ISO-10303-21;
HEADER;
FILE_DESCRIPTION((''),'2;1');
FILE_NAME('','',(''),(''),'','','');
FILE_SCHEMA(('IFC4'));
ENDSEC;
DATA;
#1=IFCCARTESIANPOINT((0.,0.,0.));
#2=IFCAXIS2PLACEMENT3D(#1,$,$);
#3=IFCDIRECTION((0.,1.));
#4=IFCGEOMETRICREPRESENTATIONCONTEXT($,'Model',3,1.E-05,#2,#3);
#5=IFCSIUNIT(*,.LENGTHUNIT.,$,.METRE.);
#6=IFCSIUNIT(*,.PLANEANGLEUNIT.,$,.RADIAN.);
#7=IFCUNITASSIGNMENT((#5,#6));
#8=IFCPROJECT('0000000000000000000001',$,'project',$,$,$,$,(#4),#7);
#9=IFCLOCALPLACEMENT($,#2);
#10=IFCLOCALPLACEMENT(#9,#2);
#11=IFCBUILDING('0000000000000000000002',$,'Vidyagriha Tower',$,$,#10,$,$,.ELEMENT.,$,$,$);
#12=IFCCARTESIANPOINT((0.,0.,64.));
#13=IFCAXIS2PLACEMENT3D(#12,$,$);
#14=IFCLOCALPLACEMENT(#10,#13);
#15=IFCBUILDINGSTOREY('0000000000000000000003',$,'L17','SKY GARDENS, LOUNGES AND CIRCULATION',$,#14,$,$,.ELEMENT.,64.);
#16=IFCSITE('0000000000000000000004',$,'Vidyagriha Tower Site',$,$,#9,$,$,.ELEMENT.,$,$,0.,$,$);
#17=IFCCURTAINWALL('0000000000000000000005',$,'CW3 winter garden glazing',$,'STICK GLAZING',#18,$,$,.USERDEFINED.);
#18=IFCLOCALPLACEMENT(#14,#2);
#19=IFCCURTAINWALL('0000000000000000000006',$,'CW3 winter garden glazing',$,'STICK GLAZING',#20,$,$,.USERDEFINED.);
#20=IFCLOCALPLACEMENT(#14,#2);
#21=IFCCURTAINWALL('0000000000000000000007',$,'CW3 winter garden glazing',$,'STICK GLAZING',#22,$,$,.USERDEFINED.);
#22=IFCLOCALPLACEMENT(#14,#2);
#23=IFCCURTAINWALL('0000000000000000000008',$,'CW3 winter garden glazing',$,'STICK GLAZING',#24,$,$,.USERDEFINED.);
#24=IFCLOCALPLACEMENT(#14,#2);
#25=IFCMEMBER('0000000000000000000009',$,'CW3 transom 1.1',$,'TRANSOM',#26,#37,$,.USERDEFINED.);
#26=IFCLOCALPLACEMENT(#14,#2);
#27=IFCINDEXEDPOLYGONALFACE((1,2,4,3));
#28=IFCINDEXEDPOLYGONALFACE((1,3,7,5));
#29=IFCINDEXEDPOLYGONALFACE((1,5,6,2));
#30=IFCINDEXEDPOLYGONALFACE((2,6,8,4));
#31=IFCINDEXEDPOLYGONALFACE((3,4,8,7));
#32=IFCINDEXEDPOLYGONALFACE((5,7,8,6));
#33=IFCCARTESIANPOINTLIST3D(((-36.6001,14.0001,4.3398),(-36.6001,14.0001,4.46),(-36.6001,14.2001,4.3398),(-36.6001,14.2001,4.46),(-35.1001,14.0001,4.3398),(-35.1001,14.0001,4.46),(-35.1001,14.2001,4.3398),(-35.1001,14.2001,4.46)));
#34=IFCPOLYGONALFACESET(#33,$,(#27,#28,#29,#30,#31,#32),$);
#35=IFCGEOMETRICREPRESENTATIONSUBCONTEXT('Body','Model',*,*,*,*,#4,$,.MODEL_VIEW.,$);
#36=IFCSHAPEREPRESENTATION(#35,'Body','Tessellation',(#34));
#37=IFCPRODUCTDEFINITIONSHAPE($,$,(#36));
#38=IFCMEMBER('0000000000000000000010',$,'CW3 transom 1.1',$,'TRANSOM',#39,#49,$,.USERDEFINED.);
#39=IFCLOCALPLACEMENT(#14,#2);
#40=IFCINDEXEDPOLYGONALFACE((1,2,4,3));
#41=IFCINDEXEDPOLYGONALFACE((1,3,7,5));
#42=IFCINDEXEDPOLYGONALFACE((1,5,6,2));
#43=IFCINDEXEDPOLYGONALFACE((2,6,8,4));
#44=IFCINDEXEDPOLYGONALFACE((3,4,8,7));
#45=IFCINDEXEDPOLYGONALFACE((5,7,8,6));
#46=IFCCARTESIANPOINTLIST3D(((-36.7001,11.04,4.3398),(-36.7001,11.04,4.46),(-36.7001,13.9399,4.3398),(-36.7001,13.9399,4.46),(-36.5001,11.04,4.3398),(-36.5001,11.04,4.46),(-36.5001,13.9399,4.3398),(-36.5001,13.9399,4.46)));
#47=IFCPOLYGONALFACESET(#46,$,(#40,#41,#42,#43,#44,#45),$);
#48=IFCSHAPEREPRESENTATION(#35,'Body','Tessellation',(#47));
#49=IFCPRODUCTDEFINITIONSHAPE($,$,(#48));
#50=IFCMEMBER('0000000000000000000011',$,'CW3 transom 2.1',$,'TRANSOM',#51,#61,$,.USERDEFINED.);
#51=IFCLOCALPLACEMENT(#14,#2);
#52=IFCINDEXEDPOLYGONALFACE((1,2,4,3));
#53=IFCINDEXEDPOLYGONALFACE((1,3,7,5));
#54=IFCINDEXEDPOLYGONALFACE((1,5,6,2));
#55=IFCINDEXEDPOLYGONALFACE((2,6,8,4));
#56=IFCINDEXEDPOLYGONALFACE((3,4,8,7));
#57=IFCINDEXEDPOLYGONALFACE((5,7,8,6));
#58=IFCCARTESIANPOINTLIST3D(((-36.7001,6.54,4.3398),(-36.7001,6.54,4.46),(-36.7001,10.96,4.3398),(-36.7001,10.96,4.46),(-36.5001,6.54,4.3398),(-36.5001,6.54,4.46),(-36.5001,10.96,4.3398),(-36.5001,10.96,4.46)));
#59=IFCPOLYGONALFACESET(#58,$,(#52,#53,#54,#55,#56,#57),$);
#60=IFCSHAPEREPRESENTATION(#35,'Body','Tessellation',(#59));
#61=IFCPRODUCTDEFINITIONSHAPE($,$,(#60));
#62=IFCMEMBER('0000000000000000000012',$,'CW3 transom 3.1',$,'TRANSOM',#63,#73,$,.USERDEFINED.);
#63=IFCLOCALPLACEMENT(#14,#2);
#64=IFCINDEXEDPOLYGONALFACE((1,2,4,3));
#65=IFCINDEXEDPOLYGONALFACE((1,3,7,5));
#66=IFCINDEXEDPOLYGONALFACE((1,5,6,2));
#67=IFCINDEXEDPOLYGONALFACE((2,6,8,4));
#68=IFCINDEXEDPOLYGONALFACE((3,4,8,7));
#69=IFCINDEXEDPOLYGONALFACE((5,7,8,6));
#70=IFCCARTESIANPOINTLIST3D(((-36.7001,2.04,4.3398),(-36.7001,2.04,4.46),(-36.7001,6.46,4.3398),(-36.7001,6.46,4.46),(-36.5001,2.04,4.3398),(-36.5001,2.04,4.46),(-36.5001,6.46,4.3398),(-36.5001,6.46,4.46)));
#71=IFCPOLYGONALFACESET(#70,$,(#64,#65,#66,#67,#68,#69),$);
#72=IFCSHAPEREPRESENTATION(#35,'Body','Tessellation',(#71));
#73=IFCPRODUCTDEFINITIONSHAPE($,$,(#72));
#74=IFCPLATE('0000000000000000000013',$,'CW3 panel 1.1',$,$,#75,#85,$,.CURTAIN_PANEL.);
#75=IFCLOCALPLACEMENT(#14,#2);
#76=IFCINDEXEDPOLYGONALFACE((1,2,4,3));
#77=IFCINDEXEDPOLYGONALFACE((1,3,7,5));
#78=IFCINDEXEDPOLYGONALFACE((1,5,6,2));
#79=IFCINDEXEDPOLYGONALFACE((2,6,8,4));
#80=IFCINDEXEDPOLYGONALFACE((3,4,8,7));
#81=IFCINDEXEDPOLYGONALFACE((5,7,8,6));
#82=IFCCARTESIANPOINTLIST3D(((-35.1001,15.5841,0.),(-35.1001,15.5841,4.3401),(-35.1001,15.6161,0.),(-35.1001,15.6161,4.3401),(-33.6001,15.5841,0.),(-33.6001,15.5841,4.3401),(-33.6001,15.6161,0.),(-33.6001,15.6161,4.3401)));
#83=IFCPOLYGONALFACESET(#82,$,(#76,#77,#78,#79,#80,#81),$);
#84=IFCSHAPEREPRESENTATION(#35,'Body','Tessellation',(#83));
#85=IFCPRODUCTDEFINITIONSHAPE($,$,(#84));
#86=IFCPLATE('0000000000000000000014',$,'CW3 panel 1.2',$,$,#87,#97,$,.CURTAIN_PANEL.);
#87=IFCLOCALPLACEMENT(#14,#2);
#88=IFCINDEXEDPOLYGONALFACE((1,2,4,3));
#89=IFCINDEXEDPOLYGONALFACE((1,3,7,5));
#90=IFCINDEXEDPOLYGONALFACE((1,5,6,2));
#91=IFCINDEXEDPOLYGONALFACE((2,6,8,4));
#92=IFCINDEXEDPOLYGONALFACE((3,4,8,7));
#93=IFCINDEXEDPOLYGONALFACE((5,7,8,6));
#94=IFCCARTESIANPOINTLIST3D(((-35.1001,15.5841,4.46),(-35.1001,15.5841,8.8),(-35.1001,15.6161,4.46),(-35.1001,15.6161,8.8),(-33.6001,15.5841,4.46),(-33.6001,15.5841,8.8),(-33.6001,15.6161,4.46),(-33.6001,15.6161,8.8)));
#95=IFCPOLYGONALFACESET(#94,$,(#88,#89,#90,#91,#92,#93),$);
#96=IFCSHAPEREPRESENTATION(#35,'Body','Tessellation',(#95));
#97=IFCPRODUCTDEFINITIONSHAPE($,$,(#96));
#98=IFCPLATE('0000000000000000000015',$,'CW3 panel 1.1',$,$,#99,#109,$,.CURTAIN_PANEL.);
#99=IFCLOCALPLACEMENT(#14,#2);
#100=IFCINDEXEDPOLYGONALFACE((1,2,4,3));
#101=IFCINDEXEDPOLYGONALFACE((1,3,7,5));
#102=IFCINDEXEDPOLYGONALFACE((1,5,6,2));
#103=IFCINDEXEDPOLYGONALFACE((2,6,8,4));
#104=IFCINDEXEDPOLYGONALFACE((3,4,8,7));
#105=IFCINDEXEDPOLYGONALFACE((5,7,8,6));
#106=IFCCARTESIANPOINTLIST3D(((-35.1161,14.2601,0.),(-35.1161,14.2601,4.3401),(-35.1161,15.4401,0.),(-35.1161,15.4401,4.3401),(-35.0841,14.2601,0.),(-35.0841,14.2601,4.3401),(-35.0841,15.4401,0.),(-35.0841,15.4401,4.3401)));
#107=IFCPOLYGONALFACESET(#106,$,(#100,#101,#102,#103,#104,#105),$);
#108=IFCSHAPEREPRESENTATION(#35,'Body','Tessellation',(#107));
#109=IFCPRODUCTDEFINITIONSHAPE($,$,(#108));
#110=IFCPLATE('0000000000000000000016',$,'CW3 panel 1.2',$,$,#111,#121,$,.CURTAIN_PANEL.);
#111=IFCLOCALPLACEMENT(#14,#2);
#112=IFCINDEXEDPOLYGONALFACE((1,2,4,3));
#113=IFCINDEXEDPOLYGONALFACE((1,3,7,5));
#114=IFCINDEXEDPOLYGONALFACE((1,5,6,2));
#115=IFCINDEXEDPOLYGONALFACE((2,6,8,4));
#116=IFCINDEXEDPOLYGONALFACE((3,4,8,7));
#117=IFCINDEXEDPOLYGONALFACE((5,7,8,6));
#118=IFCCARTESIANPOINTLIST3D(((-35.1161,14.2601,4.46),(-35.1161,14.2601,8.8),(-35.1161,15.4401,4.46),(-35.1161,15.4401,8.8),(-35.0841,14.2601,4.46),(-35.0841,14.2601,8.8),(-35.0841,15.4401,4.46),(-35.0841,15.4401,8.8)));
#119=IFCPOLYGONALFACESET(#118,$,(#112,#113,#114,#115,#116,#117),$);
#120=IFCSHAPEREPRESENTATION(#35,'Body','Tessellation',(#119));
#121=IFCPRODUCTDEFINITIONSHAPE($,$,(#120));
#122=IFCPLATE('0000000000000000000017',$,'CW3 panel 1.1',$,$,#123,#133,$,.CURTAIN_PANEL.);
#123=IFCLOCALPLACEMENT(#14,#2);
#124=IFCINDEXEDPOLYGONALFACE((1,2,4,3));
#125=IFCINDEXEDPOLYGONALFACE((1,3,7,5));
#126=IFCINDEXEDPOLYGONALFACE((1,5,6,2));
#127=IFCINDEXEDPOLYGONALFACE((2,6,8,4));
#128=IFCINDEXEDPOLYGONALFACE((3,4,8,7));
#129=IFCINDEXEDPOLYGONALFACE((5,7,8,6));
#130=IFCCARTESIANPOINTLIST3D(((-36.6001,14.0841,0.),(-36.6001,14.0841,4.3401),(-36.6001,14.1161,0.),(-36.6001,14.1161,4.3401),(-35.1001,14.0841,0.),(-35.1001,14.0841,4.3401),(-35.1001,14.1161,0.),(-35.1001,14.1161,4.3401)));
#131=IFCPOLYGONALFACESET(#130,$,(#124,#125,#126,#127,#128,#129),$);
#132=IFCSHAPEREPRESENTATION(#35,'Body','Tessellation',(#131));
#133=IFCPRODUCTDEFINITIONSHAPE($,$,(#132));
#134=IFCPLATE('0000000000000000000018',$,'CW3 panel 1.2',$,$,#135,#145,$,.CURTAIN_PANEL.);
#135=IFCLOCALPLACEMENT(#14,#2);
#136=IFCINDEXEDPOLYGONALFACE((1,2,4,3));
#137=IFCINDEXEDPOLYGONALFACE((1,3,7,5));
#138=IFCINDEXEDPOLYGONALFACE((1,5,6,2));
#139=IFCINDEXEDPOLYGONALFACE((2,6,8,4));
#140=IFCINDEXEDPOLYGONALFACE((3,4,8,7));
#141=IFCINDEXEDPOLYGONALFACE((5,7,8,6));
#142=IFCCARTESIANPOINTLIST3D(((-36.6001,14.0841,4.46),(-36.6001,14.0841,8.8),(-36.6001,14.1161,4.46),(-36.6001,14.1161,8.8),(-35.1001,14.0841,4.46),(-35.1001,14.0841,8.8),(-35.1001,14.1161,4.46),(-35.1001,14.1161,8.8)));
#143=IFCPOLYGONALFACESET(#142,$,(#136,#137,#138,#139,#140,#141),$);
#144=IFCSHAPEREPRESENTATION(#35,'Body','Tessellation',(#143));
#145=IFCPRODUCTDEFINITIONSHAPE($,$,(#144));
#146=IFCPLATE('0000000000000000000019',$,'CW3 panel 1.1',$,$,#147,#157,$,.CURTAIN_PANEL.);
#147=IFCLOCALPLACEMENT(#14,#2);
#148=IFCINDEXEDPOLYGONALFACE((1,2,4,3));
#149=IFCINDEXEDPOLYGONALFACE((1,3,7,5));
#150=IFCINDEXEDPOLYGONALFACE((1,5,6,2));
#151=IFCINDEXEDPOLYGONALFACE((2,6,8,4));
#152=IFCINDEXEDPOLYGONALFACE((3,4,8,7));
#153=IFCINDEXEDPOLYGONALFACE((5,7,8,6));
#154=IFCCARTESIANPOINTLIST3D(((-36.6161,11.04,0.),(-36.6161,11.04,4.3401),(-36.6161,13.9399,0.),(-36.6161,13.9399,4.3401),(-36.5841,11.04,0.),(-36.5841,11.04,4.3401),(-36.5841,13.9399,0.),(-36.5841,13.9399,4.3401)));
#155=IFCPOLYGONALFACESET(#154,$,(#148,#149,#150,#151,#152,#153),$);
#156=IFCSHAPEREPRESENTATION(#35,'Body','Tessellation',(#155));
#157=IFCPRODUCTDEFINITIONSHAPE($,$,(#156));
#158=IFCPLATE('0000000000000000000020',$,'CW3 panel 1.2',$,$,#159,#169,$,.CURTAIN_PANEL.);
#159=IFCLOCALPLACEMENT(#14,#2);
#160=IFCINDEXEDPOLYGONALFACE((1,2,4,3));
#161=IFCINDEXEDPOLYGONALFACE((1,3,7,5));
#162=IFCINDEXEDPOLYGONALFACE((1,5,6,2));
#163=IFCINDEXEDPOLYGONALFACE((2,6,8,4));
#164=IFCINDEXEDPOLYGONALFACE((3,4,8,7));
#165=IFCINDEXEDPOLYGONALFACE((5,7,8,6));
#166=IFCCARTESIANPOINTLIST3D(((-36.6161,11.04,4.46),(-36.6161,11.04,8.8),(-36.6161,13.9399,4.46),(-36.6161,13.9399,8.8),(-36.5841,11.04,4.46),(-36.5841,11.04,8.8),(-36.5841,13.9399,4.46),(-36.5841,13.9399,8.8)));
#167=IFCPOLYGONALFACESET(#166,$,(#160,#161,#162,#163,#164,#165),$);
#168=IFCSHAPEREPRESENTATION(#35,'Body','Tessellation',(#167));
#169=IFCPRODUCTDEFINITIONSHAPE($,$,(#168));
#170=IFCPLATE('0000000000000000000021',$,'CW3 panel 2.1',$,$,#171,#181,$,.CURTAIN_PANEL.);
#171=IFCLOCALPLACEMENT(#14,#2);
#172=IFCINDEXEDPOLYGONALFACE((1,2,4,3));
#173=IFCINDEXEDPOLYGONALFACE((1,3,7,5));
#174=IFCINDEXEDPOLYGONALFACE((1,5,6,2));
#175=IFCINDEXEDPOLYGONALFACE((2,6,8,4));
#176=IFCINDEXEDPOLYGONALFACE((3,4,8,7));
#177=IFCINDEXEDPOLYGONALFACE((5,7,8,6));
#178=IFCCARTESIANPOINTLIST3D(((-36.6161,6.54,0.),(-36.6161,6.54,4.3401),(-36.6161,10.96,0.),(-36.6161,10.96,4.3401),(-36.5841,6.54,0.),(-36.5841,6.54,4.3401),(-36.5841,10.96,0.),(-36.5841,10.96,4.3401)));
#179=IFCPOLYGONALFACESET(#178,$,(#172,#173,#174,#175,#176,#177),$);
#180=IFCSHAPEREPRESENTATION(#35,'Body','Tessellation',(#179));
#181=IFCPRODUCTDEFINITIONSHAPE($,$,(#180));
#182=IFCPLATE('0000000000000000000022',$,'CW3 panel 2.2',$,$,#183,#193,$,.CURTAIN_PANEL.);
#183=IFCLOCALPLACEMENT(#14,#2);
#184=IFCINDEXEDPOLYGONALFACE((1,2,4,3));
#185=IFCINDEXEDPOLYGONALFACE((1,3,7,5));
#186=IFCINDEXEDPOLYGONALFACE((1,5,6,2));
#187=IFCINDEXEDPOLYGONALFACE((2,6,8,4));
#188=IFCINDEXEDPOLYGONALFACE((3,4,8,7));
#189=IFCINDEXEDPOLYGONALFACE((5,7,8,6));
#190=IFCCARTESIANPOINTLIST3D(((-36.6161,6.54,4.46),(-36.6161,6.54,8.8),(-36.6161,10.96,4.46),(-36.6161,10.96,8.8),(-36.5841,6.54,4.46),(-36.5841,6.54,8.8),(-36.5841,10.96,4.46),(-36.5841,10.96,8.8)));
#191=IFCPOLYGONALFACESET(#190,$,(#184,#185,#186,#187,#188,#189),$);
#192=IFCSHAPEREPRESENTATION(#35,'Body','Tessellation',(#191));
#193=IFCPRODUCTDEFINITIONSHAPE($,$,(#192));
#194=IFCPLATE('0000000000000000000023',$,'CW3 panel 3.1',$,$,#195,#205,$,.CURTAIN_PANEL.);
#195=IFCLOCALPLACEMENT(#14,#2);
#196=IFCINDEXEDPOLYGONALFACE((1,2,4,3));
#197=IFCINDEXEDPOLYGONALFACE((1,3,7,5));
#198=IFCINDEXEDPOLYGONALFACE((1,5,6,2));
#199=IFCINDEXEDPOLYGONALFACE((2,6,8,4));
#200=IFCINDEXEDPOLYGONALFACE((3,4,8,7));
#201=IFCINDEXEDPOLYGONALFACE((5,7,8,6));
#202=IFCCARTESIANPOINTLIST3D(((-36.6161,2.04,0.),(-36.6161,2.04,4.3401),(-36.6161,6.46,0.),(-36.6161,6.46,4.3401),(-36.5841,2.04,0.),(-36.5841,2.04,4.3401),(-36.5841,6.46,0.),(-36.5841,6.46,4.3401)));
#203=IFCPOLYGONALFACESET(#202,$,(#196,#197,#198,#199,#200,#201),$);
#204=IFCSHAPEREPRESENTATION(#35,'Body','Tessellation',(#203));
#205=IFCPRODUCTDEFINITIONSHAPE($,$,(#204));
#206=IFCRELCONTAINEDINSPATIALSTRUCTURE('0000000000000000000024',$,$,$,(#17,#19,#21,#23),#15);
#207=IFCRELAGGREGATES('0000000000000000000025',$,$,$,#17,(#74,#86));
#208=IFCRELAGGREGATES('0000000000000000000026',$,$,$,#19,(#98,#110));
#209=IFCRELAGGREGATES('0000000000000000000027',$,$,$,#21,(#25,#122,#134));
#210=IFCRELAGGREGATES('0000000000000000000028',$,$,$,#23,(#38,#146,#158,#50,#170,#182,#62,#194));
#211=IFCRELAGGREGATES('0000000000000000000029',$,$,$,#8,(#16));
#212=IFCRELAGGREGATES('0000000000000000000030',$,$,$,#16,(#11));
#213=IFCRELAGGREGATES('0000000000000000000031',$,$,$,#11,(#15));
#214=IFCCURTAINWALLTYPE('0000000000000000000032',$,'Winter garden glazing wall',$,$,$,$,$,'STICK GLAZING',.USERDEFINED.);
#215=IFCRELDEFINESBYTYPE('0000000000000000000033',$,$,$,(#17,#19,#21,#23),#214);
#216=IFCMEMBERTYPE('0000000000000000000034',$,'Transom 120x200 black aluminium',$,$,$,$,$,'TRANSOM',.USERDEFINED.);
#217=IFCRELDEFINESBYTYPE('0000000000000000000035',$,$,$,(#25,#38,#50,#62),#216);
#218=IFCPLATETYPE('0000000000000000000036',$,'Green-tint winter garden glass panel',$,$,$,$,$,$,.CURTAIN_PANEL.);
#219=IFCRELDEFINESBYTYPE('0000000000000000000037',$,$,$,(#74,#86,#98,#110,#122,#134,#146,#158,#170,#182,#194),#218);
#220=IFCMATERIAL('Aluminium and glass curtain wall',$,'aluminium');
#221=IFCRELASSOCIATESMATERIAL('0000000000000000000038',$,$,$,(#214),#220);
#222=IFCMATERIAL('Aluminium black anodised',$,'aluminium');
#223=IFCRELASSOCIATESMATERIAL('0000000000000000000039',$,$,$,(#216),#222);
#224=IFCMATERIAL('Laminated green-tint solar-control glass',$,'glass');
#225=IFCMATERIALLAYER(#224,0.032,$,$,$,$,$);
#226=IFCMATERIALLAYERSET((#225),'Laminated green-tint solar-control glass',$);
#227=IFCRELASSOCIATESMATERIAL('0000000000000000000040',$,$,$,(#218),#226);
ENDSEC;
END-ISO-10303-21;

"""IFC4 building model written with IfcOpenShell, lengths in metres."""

from ifc_helpers import new_model, si_unit, direction, frame, origin, origin_2d, place, context, subcontext, project, spatial, rectangle, extrude, material, layer, layer_set, material_profile, profile_set, type_object, element, aggregate, save


model = new_model("IFC4")

# Units and contexts
model_context = context("Model", 3, precision=1e-05, world=origin(), true_north=direction((0.0, 1.0)))
body_context = subcontext(model_context, "Body", "Model", "MODEL_VIEW")
ifc_project = project(units=[si_unit("LENGTHUNIT", "METRE"), si_unit("PLANEANGLEUNIT", "RADIAN")], contexts=[model_context])

# Site, building, storey
site_placement = place(None, origin())
site = spatial("IfcSite", under=ifc_project, at=site_placement, Name="Vidyagriha Tower Site", CompositionType="ELEMENT", RefElevation=0.0)
building_placement = place(site_placement, origin())
building = spatial("IfcBuilding", under=site, at=building_placement, Name="Vidyagriha Tower", CompositionType="ELEMENT")
storey_placement = place(building_placement, frame((0.0, 0.0, 64.0)))
storey = spatial("IfcBuildingStorey", under=building, at=storey_placement, Name="L17", Description="SKY GARDENS, LOUNGES AND CIRCULATION", CompositionType="ELEMENT", Elevation=64.0)

# Curtain wall
ifc_material_1 = material(Name="Aluminium and glass curtain wall", Category="aluminium")
curtain_wall_type = type_object("IfcCurtainWallType", Name="Winter garden glazing wall", ElementType="STICK GLAZING", PredefinedType="USERDEFINED", material=ifc_material_1)
curtain_wall_1_placement = place(storey_placement, origin())
curtain_wall_1 = element("IfcCurtainWall", 1, at=curtain_wall_1_placement, inside=storey, type_object=curtain_wall_type, Name="CW3 winter garden glazing", ObjectType="STICK GLAZING", PredefinedType="USERDEFINED")

# Curtain walls
curtain_wall_2_placement = place(storey_placement, origin())
curtain_wall_2 = element("IfcCurtainWall", 2, at=curtain_wall_2_placement, inside=storey, type_object=curtain_wall_type, Name="CW3 winter garden glazing", ObjectType="STICK GLAZING", PredefinedType="USERDEFINED")
curtain_wall_3_placement = place(storey_placement, origin())
curtain_wall_3 = element("IfcCurtainWall", 3, at=curtain_wall_3_placement, inside=storey, type_object=curtain_wall_type, Name="CW3 winter garden glazing", ObjectType="STICK GLAZING", PredefinedType="USERDEFINED")
curtain_wall_4_placement = place(storey_placement, origin())
curtain_wall_4 = element("IfcCurtainWall", 4, at=curtain_wall_4_placement, inside=storey, type_object=curtain_wall_type, Name="CW3 winter garden glazing", ObjectType="STICK GLAZING", PredefinedType="USERDEFINED")

# Members
ifc_material_2 = material(Name="Aluminium black anodised", Category="aluminium")
ifc_material_profile_1 = material_profile(ifc_material_2, rectangle(XDim=0.2, YDim=0.1201, at=origin_2d()), Name="Transom 120x200 black aluminium")
ifc_profile_set_1 = profile_set([ifc_material_profile_1], Name="Aluminium black anodised")
member_type_1 = type_object("IfcMemberType", Name="Transom 120x200 black aluminium", ElementType="TRANSOM", PredefinedType="USERDEFINED", material=ifc_profile_set_1)
member_1_placement = place(storey_placement, frame((-35.1001, 14.1001, 4.3999), z_axis=(-1.0, 0.0, 0.0), x_axis=(0.0, -1.0, 0.0)))
member_1 = element("IfcMember", 5, at=member_1_placement, type_object=member_type_1, Name="CW3 transom 1.1", ObjectType="TRANSOM", PredefinedType="USERDEFINED", context=body_context, shape_type="SweptSolid", body=[
    extrude(rectangle(XDim=0.2, YDim=0.1201, at=origin_2d()), origin(), (0.0, 0.0, 1.0), 1.5),
])
member_2_placement = place(storey_placement, frame((-36.6001, 13.9399, 4.3999), z_axis=(0.0, -1.0, 0.0), x_axis=(1.0, 0.0, 0.0)))
member_2 = element("IfcMember", 6, at=member_2_placement, type_object=member_type_1, Name="CW3 transom 1.1", ObjectType="TRANSOM", PredefinedType="USERDEFINED", context=body_context, shape_type="SweptSolid", body=[
    extrude(rectangle(XDim=0.2, YDim=0.1201, at=origin_2d()), origin(), (0.0, 0.0, 1.0), 2.8999),
])
member_3_placement = place(storey_placement, frame((-36.6001, 10.96, 4.3999), z_axis=(0.0, -1.0, 0.0), x_axis=(1.0, 0.0, 0.0)))
member_3 = element("IfcMember", 7, at=member_3_placement, type_object=member_type_1, Name="CW3 transom 2.1", ObjectType="TRANSOM", PredefinedType="USERDEFINED", context=body_context, shape_type="SweptSolid", body=[
    extrude(rectangle(XDim=0.2, YDim=0.1201, at=origin_2d()), origin(), (0.0, 0.0, 1.0), 4.4199),
])
member_4_placement = place(storey_placement, frame((-36.6001, 6.46, 4.3999), z_axis=(0.0, -1.0, 0.0), x_axis=(1.0, 0.0, 0.0)))
member_4 = element("IfcMember", 8, at=member_4_placement, type_object=member_type_1, Name="CW3 transom 3.1", ObjectType="TRANSOM", PredefinedType="USERDEFINED", context=body_context, shape_type="SweptSolid", body=[
    extrude(rectangle(XDim=0.2, YDim=0.1201, at=origin_2d()), origin(), (0.0, 0.0, 1.0), 4.4199),
])

# Plates
ifc_material_3 = material(Name="Laminated green-tint solar-control glass", Category="glass")
ifc_layer_1 = layer(ifc_material_3, 0.032)
ifc_layer_set_1 = layer_set([ifc_layer_1], Name="Laminated green-tint solar-control glass")
plate_type = type_object("IfcPlateType", Name="Green-tint winter garden glass panel", PredefinedType="CURTAIN_PANEL", material=ifc_layer_set_1)
plate_1_placement = place(storey_placement, frame((-34.3501, 15.6001, 0.0), z_axis=(0.0, 0.0, 1.0), x_axis=(-1.0, 0.0, 0.0)))
plate_1 = element("IfcPlate", 9, at=plate_1_placement, type_object=plate_type, Name="CW3 panel 1.1", PredefinedType="CURTAIN_PANEL", context=body_context, shape_type="SweptSolid", body=[
    extrude(rectangle(XDim=1.5, YDim=0.032, at=origin_2d()), origin(), (0.0, 0.0, 1.0), 4.3401),
])
plate_2_placement = place(storey_placement, frame((-34.3501, 15.6001, 4.46), z_axis=(0.0, 0.0, 1.0), x_axis=(-1.0, 0.0, 0.0)))
plate_2 = element("IfcPlate", 10, at=plate_2_placement, type_object=plate_type, Name="CW3 panel 1.2", PredefinedType="CURTAIN_PANEL", context=body_context, shape_type="SweptSolid", body=[
    extrude(rectangle(XDim=1.5, YDim=0.032, at=origin_2d()), origin(), (0.0, 0.0, 1.0), 4.3401),
])
aggregate(curtain_wall_1, [plate_1, plate_2])
plate_3_placement = place(storey_placement, frame((-35.1001, 14.8501, 0.0), z_axis=(0.0, 0.0, 1.0), x_axis=(0.0, -1.0, 0.0)))
plate_3 = element("IfcPlate", 11, at=plate_3_placement, type_object=plate_type, Name="CW3 panel 1.1", PredefinedType="CURTAIN_PANEL", context=body_context, shape_type="SweptSolid", body=[
    extrude(rectangle(XDim=1.1799, YDim=0.032, at=origin_2d()), origin(), (0.0, 0.0, 1.0), 4.3401),
])
plate_4_placement = place(storey_placement, frame((-35.1001, 14.8501, 4.46), z_axis=(0.0, 0.0, 1.0), x_axis=(0.0, -1.0, 0.0)))
plate_4 = element("IfcPlate", 12, at=plate_4_placement, type_object=plate_type, Name="CW3 panel 1.2", PredefinedType="CURTAIN_PANEL", context=body_context, shape_type="SweptSolid", body=[
    extrude(rectangle(XDim=1.1799, YDim=0.032, at=origin_2d()), origin(), (0.0, 0.0, 1.0), 4.3401),
])
aggregate(curtain_wall_2, [plate_3, plate_4])
plate_5_placement = place(storey_placement, frame((-35.8501, 14.1001, 0.0), z_axis=(0.0, 0.0, 1.0), x_axis=(-1.0, 0.0, 0.0)))
plate_5 = element("IfcPlate", 13, at=plate_5_placement, type_object=plate_type, Name="CW3 panel 1.1", PredefinedType="CURTAIN_PANEL", context=body_context, shape_type="SweptSolid", body=[
    extrude(rectangle(XDim=1.5, YDim=0.032, at=origin_2d()), origin(), (0.0, 0.0, 1.0), 4.3401),
])
plate_6_placement = place(storey_placement, frame((-35.8501, 14.1001, 4.46), z_axis=(0.0, 0.0, 1.0), x_axis=(-1.0, 0.0, 0.0)))
plate_6 = element("IfcPlate", 14, at=plate_6_placement, type_object=plate_type, Name="CW3 panel 1.2", PredefinedType="CURTAIN_PANEL", context=body_context, shape_type="SweptSolid", body=[
    extrude(rectangle(XDim=1.5, YDim=0.032, at=origin_2d()), origin(), (0.0, 0.0, 1.0), 4.3401),
])
aggregate(curtain_wall_3, [member_1, plate_5, plate_6])
plate_7_placement = place(storey_placement, frame((-36.6001, 12.49, 0.0), z_axis=(0.0, 0.0, 1.0), x_axis=(0.0, -1.0, 0.0)))
plate_7 = element("IfcPlate", 15, at=plate_7_placement, type_object=plate_type, Name="CW3 panel 1.1", PredefinedType="CURTAIN_PANEL", context=body_context, shape_type="SweptSolid", body=[
    extrude(rectangle(XDim=2.8999, YDim=0.032, at=origin_2d()), origin(), (0.0, 0.0, 1.0), 4.3401),
])
plate_8_placement = place(storey_placement, frame((-36.6001, 12.49, 4.46), z_axis=(0.0, 0.0, 1.0), x_axis=(0.0, -1.0, 0.0)))
plate_8 = element("IfcPlate", 16, at=plate_8_placement, type_object=plate_type, Name="CW3 panel 1.2", PredefinedType="CURTAIN_PANEL", context=body_context, shape_type="SweptSolid", body=[
    extrude(rectangle(XDim=2.8999, YDim=0.032, at=origin_2d()), origin(), (0.0, 0.0, 1.0), 4.3401),
])
plate_9_placement = place(storey_placement, frame((-36.6001, 8.75, 0.0), z_axis=(0.0, 0.0, 1.0), x_axis=(0.0, -1.0, 0.0)))
plate_9 = element("IfcPlate", 17, at=plate_9_placement, type_object=plate_type, Name="CW3 panel 2.1", PredefinedType="CURTAIN_PANEL", context=body_context, shape_type="SweptSolid", body=[
    extrude(rectangle(XDim=4.4199, YDim=0.032, at=origin_2d()), origin(), (0.0, 0.0, 1.0), 4.3401),
])
plate_10_placement = place(storey_placement, frame((-36.6001, 8.75, 4.46), z_axis=(0.0, 0.0, 1.0), x_axis=(0.0, -1.0, 0.0)))
plate_10 = element("IfcPlate", 18, at=plate_10_placement, type_object=plate_type, Name="CW3 panel 2.2", PredefinedType="CURTAIN_PANEL", context=body_context, shape_type="SweptSolid", body=[
    extrude(rectangle(XDim=4.4199, YDim=0.032, at=origin_2d()), origin(), (0.0, 0.0, 1.0), 4.3401),
])
plate_11_placement = place(storey_placement, frame((-36.6001, 4.25, 0.0), z_axis=(0.0, 0.0, 1.0), x_axis=(0.0, -1.0, 0.0)))
plate_11 = element("IfcPlate", 19, at=plate_11_placement, type_object=plate_type, Name="CW3 panel 3.1", PredefinedType="CURTAIN_PANEL", context=body_context, shape_type="SweptSolid", body=[
    extrude(rectangle(XDim=4.4199, YDim=0.032, at=origin_2d()), origin(), (0.0, 0.0, 1.0), 4.3401),
])
aggregate(curtain_wall_4, [member_2, plate_7, plate_8, member_3, plate_9, plate_10, member_4, plate_11])

save(model, "model.ifc")
